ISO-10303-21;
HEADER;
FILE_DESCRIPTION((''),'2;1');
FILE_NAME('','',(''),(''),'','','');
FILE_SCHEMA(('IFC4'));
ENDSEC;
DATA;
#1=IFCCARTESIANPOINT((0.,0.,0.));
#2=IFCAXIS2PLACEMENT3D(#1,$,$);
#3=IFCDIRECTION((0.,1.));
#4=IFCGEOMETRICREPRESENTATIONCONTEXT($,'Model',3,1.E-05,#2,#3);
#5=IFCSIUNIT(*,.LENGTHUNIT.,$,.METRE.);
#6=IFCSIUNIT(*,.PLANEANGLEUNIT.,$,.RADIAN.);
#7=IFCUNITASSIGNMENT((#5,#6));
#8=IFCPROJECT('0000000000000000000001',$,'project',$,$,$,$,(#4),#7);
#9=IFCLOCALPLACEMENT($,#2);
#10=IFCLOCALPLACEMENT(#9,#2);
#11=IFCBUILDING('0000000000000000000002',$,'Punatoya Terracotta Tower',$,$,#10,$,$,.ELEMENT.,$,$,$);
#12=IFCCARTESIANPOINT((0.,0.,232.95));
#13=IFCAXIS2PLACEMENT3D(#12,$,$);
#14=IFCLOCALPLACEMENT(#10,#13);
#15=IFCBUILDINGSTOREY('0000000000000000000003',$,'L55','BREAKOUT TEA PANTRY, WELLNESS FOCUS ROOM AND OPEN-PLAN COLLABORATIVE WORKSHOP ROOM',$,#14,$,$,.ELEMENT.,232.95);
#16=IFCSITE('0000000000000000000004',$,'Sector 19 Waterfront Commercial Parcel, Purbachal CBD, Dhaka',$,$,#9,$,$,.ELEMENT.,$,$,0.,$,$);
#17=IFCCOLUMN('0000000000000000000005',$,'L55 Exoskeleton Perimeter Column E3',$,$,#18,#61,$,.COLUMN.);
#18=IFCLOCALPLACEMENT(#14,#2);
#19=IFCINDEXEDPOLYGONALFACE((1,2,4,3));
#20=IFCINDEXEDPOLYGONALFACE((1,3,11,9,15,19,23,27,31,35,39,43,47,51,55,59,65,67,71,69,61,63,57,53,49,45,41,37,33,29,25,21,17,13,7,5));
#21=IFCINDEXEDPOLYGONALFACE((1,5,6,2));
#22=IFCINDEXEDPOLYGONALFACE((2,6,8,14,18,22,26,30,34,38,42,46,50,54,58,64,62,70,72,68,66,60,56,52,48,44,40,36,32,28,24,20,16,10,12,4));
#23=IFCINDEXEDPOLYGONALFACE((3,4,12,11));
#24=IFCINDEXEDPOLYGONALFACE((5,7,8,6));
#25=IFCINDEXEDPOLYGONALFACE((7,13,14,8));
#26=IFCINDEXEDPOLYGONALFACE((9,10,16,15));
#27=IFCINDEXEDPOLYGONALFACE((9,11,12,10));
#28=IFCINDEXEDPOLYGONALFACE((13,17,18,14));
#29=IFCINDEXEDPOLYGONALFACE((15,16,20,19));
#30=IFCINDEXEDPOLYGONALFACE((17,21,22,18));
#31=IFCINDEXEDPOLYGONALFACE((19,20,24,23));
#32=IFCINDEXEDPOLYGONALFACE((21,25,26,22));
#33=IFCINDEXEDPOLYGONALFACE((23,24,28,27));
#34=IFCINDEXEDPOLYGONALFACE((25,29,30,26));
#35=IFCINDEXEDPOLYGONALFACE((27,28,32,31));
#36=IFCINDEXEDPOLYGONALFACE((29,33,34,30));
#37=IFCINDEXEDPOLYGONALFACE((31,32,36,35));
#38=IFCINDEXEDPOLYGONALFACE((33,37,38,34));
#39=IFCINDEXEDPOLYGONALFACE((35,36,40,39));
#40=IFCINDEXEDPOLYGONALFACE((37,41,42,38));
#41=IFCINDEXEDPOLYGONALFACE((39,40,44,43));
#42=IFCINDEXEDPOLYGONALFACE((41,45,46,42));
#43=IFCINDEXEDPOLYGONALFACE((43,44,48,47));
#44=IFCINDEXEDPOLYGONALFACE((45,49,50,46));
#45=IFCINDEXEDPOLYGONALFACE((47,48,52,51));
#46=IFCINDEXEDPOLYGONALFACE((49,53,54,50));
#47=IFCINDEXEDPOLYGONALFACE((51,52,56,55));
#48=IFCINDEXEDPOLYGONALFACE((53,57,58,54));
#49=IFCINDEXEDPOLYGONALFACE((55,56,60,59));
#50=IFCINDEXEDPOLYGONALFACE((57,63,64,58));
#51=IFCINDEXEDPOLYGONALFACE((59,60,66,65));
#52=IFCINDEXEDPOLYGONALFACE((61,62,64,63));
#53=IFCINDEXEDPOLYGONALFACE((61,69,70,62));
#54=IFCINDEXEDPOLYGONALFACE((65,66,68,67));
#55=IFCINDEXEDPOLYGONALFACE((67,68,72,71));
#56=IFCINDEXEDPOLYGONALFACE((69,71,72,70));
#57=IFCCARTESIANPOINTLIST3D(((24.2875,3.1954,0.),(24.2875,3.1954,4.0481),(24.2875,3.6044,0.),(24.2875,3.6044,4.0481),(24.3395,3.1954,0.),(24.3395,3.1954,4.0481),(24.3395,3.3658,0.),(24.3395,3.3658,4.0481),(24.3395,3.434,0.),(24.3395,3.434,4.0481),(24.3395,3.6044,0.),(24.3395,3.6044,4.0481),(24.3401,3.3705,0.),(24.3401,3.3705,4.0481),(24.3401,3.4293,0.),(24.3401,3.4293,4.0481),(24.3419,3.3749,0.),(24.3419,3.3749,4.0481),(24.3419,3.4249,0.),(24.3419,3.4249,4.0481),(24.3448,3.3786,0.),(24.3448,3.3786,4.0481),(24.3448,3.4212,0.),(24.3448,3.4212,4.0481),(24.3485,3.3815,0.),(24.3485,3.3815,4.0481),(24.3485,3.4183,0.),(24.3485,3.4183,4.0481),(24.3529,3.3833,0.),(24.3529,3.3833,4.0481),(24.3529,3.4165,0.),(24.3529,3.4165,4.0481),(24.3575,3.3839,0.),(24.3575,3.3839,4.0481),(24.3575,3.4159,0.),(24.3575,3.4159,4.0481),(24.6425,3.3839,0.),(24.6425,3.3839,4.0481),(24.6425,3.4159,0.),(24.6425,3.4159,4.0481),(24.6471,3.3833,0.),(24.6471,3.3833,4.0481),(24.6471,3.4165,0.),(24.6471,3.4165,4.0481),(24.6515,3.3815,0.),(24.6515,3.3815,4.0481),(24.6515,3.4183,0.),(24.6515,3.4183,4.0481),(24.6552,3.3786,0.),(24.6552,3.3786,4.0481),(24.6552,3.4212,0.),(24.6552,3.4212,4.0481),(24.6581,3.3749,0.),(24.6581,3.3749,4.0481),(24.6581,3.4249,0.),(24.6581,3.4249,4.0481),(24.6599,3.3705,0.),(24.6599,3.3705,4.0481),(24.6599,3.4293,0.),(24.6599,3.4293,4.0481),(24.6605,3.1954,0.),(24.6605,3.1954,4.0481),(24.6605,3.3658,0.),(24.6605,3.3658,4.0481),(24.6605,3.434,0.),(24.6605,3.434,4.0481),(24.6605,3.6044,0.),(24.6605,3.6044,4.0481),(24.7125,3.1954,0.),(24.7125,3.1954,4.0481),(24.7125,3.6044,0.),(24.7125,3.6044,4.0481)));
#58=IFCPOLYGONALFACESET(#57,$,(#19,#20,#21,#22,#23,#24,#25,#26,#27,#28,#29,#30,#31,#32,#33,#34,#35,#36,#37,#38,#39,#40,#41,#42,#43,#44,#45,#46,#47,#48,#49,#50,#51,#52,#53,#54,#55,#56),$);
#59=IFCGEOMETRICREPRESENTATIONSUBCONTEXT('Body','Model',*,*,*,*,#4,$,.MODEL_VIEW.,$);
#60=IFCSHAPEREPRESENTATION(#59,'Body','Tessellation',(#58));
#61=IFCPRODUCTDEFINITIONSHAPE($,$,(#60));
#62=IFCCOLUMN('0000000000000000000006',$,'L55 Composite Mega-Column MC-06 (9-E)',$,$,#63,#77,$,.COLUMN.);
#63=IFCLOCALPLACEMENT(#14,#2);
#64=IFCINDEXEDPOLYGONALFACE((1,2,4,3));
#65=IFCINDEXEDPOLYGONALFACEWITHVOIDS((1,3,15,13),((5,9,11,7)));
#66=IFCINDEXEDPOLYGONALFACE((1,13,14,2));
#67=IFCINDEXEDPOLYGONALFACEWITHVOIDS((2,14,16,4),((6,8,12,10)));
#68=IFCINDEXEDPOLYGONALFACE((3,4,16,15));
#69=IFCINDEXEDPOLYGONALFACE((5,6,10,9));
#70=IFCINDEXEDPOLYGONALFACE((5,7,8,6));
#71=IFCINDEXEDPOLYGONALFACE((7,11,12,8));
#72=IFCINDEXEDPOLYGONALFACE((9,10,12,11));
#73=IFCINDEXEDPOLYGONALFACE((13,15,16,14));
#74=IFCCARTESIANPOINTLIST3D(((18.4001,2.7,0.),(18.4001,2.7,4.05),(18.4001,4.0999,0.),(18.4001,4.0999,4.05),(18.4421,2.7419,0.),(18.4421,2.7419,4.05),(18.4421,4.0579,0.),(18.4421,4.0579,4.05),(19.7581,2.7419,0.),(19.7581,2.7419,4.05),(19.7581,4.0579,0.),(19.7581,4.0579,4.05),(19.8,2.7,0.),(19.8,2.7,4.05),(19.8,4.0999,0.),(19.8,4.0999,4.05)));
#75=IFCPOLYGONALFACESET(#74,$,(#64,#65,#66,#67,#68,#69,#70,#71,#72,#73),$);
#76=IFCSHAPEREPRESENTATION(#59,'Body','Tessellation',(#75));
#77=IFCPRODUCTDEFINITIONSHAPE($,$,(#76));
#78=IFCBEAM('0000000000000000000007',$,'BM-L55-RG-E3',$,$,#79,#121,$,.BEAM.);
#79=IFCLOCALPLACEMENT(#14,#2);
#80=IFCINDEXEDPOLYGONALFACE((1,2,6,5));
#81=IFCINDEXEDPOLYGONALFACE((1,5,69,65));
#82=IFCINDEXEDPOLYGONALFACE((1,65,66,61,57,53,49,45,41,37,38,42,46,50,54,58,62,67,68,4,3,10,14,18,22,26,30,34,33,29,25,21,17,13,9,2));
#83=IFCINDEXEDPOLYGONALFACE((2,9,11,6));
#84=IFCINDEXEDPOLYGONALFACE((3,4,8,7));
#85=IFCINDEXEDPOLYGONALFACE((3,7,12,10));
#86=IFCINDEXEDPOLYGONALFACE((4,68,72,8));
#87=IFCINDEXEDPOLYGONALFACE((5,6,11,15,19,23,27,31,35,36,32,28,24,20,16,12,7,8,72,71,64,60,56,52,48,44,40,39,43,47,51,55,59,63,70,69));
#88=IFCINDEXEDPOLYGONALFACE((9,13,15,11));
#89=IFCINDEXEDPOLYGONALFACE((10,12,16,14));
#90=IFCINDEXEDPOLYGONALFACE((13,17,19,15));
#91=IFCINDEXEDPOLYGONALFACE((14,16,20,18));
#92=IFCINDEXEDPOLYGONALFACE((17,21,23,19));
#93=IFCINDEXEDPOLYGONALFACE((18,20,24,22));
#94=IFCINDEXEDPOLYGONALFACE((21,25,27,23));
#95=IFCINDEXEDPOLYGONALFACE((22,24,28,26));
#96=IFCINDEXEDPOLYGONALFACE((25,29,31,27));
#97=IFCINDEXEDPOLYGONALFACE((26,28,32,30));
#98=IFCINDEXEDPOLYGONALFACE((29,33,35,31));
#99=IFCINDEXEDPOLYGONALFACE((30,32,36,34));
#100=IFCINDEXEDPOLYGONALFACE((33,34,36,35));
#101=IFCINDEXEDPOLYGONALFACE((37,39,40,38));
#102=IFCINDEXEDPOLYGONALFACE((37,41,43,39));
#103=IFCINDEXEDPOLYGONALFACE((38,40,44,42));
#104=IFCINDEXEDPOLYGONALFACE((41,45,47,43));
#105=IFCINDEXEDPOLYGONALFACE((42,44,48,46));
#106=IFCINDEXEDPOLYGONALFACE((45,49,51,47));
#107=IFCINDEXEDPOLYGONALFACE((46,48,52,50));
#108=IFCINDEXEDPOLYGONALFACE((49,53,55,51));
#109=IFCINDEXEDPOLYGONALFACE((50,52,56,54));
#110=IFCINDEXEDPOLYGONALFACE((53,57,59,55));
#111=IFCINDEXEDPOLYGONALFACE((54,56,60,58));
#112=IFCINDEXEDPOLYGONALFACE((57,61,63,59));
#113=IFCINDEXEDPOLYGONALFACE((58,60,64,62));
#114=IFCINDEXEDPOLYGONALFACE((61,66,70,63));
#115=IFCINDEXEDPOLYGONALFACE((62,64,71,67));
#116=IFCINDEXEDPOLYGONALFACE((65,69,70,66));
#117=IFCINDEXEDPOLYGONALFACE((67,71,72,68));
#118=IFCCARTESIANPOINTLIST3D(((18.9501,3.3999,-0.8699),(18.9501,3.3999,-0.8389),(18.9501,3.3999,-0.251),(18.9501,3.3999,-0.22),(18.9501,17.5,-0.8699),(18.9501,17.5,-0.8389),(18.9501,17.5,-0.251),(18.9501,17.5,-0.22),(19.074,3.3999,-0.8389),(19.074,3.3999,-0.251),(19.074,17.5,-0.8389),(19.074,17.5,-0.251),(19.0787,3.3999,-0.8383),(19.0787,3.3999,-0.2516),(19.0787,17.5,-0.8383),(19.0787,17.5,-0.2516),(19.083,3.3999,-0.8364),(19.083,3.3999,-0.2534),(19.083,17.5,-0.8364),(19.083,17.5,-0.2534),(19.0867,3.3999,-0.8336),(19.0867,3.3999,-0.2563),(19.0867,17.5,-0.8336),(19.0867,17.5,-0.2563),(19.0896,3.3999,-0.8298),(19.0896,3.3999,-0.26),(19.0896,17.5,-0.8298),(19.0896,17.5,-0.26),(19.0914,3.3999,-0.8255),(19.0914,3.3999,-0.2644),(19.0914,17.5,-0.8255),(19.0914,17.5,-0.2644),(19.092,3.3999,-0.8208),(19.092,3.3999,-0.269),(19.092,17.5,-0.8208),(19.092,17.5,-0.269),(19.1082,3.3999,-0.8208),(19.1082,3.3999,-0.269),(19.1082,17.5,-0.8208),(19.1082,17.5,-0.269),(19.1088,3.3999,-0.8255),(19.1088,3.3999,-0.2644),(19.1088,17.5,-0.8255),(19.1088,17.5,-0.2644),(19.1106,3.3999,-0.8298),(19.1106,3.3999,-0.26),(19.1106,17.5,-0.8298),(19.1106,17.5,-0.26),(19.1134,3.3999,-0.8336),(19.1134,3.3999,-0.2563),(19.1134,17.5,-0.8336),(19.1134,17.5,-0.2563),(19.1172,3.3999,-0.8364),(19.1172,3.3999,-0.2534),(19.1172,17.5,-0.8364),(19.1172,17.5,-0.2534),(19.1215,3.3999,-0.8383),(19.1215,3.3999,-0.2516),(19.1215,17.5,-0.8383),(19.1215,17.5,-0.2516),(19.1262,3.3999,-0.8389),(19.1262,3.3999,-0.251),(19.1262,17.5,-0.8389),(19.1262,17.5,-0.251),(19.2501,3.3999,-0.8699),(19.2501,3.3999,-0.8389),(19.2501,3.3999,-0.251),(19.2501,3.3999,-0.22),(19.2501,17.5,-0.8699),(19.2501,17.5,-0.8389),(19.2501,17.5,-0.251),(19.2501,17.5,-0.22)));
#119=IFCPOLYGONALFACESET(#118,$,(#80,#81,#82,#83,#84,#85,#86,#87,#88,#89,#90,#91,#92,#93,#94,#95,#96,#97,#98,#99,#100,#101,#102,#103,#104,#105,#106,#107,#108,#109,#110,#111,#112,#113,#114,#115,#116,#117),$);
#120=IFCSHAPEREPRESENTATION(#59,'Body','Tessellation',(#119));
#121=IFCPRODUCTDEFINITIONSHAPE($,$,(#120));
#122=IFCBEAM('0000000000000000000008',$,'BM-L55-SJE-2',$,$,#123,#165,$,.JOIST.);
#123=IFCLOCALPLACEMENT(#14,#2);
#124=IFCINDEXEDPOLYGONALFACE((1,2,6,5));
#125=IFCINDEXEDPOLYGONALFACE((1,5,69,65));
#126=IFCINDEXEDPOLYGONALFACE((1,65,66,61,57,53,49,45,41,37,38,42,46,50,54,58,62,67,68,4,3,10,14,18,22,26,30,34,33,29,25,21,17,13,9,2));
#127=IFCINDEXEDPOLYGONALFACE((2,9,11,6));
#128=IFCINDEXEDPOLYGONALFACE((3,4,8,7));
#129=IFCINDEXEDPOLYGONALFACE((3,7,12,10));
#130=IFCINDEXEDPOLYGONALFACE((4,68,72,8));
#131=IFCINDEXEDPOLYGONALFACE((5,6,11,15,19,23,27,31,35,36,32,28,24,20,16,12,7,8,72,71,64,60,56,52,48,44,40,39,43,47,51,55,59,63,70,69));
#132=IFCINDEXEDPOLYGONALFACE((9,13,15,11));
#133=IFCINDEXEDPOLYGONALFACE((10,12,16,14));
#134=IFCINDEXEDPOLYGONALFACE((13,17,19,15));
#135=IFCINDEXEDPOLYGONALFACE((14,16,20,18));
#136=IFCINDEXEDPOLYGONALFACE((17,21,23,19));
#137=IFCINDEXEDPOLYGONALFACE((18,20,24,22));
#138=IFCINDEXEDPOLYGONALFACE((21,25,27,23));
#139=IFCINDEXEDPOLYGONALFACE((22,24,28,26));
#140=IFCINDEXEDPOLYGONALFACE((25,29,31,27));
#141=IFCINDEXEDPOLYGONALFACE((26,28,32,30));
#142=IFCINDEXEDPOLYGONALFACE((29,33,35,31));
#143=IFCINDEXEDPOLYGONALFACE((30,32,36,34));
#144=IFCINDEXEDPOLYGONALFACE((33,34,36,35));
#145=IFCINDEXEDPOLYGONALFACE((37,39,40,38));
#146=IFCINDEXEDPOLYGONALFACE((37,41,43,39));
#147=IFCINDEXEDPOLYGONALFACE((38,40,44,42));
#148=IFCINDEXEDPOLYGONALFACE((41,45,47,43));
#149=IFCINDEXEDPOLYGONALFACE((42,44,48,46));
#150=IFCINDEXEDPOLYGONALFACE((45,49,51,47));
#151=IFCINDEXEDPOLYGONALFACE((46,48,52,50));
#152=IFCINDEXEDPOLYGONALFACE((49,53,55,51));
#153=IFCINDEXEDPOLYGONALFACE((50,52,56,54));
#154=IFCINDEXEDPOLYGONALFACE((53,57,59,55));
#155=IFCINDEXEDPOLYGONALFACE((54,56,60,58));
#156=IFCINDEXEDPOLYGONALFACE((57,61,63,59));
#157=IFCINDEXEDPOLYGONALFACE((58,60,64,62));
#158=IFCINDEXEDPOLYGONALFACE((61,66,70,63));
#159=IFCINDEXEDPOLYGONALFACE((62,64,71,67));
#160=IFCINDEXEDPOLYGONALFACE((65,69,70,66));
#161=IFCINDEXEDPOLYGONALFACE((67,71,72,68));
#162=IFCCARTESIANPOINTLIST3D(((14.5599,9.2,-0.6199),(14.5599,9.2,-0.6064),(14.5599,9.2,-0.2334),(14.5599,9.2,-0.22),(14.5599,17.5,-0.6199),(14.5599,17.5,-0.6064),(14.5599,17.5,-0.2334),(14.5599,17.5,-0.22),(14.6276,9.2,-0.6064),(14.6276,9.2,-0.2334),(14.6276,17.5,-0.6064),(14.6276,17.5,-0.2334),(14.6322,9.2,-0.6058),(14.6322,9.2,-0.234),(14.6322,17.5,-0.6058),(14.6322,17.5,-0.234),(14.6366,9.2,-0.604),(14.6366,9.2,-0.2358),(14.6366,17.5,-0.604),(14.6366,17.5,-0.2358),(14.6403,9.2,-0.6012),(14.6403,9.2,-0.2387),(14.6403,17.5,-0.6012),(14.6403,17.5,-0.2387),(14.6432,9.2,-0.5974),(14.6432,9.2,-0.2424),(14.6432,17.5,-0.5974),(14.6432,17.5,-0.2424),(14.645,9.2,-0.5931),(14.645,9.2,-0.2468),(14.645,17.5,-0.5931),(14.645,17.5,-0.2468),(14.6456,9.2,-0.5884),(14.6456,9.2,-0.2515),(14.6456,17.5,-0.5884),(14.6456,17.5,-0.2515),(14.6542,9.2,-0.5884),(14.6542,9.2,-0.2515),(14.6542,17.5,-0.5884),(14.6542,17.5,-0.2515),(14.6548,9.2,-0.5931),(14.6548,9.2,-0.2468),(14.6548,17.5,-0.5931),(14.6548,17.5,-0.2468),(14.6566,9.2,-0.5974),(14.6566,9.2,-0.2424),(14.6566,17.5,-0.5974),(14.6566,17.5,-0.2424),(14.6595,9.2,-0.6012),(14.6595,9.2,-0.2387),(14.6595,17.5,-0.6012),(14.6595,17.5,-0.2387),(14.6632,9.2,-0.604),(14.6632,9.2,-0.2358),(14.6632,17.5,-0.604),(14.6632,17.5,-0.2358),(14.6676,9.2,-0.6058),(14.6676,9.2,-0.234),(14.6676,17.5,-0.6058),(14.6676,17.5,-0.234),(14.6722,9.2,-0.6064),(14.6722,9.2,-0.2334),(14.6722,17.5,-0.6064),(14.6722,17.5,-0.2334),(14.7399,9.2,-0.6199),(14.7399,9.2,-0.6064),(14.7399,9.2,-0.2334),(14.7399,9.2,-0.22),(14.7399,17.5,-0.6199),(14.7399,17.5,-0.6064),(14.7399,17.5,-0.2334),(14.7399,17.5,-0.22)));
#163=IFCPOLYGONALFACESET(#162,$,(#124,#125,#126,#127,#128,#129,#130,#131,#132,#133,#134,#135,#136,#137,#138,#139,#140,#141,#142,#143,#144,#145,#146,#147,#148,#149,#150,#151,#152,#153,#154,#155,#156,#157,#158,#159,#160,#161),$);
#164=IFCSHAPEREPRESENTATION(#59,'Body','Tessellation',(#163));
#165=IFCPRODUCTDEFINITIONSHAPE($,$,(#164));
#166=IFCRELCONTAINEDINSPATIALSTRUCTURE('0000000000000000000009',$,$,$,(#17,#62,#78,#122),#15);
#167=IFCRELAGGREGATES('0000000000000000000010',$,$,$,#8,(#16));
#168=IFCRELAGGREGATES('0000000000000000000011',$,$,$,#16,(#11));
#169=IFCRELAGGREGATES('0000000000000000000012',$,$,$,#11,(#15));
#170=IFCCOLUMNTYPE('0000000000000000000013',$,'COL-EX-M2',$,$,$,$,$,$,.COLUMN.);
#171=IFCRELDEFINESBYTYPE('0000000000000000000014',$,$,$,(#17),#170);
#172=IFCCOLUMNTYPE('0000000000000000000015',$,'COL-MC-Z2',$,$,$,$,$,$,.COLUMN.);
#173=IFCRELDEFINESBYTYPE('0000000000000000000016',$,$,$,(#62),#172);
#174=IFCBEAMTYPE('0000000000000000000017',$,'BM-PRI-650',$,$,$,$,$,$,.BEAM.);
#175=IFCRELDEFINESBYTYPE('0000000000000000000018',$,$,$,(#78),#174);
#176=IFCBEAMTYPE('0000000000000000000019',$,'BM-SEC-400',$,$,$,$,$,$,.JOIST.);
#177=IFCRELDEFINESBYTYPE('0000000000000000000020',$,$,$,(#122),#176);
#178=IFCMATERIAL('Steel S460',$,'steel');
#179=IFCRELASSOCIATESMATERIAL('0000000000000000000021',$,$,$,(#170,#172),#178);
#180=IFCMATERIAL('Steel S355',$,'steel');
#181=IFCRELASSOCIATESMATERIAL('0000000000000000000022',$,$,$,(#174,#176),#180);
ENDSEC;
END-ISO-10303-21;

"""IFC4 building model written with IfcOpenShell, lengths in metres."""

from ifc_helpers import new_model, si_unit, direction, frame, origin, origin_2d, place, context, subcontext, project, spatial, hollow_rectangle, i_section, extrude, material, material_profile, profile_set, type_object, element, save


model = new_model("IFC4")

# Units and contexts
model_context = context("Model", 3, precision=1e-05, world=origin(), true_north=direction((0.0, 1.0)))
body_context = subcontext(model_context, "Body", "Model", "MODEL_VIEW")
ifc_project = project(units=[si_unit("LENGTHUNIT", "METRE"), si_unit("PLANEANGLEUNIT", "RADIAN")], contexts=[model_context])

# Site, building, storey
site_placement = place(None, origin())
site = spatial("IfcSite", under=ifc_project, at=site_placement, Name="Sector 19 Waterfront Commercial Parcel, Purbachal CBD, Dhaka", CompositionType="ELEMENT", RefElevation=0.0)
building_placement = place(site_placement, origin())
building = spatial("IfcBuilding", under=site, at=building_placement, Name="Punatoya Terracotta Tower", CompositionType="ELEMENT")
storey_placement = place(building_placement, frame((0.0, 0.0, 232.95)))
storey = spatial("IfcBuildingStorey", under=building, at=storey_placement, Name="L55", Description="BREAKOUT TEA PANTRY, WELLNESS FOCUS ROOM AND OPEN-PLAN COLLABORATIVE WORKSHOP ROOM", CompositionType="ELEMENT", Elevation=232.95)

# Columns
ifc_material_1 = material(Name="Steel S460", Category="steel")
ifc_material_profile_1 = material_profile(ifc_material_1, i_section(OverallWidth=0.4089, OverallDepth=0.425, WebThickness=0.032, FlangeThickness=0.052, FilletRadius=0.0181, at=origin_2d()))
ifc_profile_set_1 = profile_set([ifc_material_profile_1], Name="Steel S460")
column_type_1 = type_object("IfcColumnType", Name="COL-EX-M2", PredefinedType="COLUMN", material=ifc_profile_set_1)
column_1_placement = place(storey_placement, frame((24.5, 3.3999, 0.0), z_axis=(0.0, 0.0, 1.0), x_axis=(0.0, 1.0, 0.0)))
element("IfcColumn", 1, at=column_1_placement, inside=storey, type_object=column_type_1, Name="L55 Exoskeleton Perimeter Column E3", PredefinedType="COLUMN", context=body_context, shape_type="SweptSolid", body=[
    extrude(i_section(OverallWidth=0.4089, OverallDepth=0.425, WebThickness=0.032, FlangeThickness=0.052, FilletRadius=0.0181, at=origin_2d()), origin(), (0.0, 0.0, 1.0), 4.0481),
])
ifc_material_profile_2 = material_profile(ifc_material_1, hollow_rectangle(XDim=1.3999, YDim=1.3999, WallThickness=0.042, at=origin_2d()))
ifc_profile_set_2 = profile_set([ifc_material_profile_2], Name="Steel S460")
column_type_2 = type_object("IfcColumnType", Name="COL-MC-Z2", PredefinedType="COLUMN", material=ifc_profile_set_2)
column_2_placement = place(storey_placement, frame((19.1001, 3.3999, 0.0), z_axis=(0.0, 0.0, 1.0), x_axis=(1.0, 0.0, 0.0)))
element("IfcColumn", 2, at=column_2_placement, inside=storey, type_object=column_type_2, Name="L55 Composite Mega-Column MC-06 (9-E)", PredefinedType="COLUMN", context=body_context, shape_type="SweptSolid", body=[
    extrude(hollow_rectangle(XDim=1.3999, YDim=1.3999, WallThickness=0.042, at=origin_2d()), origin(), (0.0, 0.0, 1.0), 4.05),
])

# Beams
ifc_material_2 = material(Name="Steel S355", Category="steel")
ifc_material_profile_3 = material_profile(ifc_material_2, i_section(OverallWidth=0.3, OverallDepth=0.6499, WebThickness=0.0161, FlangeThickness=0.031, FilletRadius=0.0181, at=origin_2d()))
ifc_profile_set_3 = profile_set([ifc_material_profile_3], Name="Steel S355")
beam_type_1 = type_object("IfcBeamType", Name="BM-PRI-650", PredefinedType="BEAM", material=ifc_profile_set_3)
beam_1_placement = place(storey_placement, frame((19.1001, 3.3999, -0.5449), z_axis=(0.0, 1.0, 0.0), x_axis=(-1.0, 0.0, 0.0)))
element("IfcBeam", 3, at=beam_1_placement, inside=storey, type_object=beam_type_1, Name="BM-L55-RG-E3", PredefinedType="BEAM", context=body_context, shape_type="SweptSolid", body=[
    extrude(i_section(OverallWidth=0.3, OverallDepth=0.6499, WebThickness=0.0161, FlangeThickness=0.031, FilletRadius=0.0181, at=origin_2d()), origin(), (0.0, 0.0, 1.0), 14.1001),
])
ifc_material_profile_4 = material_profile(ifc_material_2, i_section(OverallWidth=0.1799, OverallDepth=0.3999, WebThickness=0.0085, FlangeThickness=0.0134, FilletRadius=0.0181, at=origin_2d()))
ifc_profile_set_4 = profile_set([ifc_material_profile_4], Name="Steel S355")
beam_type_2 = type_object("IfcBeamType", Name="BM-SEC-400", PredefinedType="JOIST", material=ifc_profile_set_4)
beam_2_placement = place(storey_placement, frame((14.6499, 9.2, -0.4199), z_axis=(0.0, 1.0, 0.0), x_axis=(-1.0, 0.0, 0.0)))
element("IfcBeam", 4, at=beam_2_placement, inside=storey, type_object=beam_type_2, Name="BM-L55-SJE-2", PredefinedType="JOIST", context=body_context, shape_type="SweptSolid", body=[
    extrude(i_section(OverallWidth=0.1799, OverallDepth=0.3999, WebThickness=0.0085, FlangeThickness=0.0134, FilletRadius=0.0181, at=origin_2d()), origin(), (0.0, 0.0, 1.0), 8.3),
])

save(model, "model.ifc")
